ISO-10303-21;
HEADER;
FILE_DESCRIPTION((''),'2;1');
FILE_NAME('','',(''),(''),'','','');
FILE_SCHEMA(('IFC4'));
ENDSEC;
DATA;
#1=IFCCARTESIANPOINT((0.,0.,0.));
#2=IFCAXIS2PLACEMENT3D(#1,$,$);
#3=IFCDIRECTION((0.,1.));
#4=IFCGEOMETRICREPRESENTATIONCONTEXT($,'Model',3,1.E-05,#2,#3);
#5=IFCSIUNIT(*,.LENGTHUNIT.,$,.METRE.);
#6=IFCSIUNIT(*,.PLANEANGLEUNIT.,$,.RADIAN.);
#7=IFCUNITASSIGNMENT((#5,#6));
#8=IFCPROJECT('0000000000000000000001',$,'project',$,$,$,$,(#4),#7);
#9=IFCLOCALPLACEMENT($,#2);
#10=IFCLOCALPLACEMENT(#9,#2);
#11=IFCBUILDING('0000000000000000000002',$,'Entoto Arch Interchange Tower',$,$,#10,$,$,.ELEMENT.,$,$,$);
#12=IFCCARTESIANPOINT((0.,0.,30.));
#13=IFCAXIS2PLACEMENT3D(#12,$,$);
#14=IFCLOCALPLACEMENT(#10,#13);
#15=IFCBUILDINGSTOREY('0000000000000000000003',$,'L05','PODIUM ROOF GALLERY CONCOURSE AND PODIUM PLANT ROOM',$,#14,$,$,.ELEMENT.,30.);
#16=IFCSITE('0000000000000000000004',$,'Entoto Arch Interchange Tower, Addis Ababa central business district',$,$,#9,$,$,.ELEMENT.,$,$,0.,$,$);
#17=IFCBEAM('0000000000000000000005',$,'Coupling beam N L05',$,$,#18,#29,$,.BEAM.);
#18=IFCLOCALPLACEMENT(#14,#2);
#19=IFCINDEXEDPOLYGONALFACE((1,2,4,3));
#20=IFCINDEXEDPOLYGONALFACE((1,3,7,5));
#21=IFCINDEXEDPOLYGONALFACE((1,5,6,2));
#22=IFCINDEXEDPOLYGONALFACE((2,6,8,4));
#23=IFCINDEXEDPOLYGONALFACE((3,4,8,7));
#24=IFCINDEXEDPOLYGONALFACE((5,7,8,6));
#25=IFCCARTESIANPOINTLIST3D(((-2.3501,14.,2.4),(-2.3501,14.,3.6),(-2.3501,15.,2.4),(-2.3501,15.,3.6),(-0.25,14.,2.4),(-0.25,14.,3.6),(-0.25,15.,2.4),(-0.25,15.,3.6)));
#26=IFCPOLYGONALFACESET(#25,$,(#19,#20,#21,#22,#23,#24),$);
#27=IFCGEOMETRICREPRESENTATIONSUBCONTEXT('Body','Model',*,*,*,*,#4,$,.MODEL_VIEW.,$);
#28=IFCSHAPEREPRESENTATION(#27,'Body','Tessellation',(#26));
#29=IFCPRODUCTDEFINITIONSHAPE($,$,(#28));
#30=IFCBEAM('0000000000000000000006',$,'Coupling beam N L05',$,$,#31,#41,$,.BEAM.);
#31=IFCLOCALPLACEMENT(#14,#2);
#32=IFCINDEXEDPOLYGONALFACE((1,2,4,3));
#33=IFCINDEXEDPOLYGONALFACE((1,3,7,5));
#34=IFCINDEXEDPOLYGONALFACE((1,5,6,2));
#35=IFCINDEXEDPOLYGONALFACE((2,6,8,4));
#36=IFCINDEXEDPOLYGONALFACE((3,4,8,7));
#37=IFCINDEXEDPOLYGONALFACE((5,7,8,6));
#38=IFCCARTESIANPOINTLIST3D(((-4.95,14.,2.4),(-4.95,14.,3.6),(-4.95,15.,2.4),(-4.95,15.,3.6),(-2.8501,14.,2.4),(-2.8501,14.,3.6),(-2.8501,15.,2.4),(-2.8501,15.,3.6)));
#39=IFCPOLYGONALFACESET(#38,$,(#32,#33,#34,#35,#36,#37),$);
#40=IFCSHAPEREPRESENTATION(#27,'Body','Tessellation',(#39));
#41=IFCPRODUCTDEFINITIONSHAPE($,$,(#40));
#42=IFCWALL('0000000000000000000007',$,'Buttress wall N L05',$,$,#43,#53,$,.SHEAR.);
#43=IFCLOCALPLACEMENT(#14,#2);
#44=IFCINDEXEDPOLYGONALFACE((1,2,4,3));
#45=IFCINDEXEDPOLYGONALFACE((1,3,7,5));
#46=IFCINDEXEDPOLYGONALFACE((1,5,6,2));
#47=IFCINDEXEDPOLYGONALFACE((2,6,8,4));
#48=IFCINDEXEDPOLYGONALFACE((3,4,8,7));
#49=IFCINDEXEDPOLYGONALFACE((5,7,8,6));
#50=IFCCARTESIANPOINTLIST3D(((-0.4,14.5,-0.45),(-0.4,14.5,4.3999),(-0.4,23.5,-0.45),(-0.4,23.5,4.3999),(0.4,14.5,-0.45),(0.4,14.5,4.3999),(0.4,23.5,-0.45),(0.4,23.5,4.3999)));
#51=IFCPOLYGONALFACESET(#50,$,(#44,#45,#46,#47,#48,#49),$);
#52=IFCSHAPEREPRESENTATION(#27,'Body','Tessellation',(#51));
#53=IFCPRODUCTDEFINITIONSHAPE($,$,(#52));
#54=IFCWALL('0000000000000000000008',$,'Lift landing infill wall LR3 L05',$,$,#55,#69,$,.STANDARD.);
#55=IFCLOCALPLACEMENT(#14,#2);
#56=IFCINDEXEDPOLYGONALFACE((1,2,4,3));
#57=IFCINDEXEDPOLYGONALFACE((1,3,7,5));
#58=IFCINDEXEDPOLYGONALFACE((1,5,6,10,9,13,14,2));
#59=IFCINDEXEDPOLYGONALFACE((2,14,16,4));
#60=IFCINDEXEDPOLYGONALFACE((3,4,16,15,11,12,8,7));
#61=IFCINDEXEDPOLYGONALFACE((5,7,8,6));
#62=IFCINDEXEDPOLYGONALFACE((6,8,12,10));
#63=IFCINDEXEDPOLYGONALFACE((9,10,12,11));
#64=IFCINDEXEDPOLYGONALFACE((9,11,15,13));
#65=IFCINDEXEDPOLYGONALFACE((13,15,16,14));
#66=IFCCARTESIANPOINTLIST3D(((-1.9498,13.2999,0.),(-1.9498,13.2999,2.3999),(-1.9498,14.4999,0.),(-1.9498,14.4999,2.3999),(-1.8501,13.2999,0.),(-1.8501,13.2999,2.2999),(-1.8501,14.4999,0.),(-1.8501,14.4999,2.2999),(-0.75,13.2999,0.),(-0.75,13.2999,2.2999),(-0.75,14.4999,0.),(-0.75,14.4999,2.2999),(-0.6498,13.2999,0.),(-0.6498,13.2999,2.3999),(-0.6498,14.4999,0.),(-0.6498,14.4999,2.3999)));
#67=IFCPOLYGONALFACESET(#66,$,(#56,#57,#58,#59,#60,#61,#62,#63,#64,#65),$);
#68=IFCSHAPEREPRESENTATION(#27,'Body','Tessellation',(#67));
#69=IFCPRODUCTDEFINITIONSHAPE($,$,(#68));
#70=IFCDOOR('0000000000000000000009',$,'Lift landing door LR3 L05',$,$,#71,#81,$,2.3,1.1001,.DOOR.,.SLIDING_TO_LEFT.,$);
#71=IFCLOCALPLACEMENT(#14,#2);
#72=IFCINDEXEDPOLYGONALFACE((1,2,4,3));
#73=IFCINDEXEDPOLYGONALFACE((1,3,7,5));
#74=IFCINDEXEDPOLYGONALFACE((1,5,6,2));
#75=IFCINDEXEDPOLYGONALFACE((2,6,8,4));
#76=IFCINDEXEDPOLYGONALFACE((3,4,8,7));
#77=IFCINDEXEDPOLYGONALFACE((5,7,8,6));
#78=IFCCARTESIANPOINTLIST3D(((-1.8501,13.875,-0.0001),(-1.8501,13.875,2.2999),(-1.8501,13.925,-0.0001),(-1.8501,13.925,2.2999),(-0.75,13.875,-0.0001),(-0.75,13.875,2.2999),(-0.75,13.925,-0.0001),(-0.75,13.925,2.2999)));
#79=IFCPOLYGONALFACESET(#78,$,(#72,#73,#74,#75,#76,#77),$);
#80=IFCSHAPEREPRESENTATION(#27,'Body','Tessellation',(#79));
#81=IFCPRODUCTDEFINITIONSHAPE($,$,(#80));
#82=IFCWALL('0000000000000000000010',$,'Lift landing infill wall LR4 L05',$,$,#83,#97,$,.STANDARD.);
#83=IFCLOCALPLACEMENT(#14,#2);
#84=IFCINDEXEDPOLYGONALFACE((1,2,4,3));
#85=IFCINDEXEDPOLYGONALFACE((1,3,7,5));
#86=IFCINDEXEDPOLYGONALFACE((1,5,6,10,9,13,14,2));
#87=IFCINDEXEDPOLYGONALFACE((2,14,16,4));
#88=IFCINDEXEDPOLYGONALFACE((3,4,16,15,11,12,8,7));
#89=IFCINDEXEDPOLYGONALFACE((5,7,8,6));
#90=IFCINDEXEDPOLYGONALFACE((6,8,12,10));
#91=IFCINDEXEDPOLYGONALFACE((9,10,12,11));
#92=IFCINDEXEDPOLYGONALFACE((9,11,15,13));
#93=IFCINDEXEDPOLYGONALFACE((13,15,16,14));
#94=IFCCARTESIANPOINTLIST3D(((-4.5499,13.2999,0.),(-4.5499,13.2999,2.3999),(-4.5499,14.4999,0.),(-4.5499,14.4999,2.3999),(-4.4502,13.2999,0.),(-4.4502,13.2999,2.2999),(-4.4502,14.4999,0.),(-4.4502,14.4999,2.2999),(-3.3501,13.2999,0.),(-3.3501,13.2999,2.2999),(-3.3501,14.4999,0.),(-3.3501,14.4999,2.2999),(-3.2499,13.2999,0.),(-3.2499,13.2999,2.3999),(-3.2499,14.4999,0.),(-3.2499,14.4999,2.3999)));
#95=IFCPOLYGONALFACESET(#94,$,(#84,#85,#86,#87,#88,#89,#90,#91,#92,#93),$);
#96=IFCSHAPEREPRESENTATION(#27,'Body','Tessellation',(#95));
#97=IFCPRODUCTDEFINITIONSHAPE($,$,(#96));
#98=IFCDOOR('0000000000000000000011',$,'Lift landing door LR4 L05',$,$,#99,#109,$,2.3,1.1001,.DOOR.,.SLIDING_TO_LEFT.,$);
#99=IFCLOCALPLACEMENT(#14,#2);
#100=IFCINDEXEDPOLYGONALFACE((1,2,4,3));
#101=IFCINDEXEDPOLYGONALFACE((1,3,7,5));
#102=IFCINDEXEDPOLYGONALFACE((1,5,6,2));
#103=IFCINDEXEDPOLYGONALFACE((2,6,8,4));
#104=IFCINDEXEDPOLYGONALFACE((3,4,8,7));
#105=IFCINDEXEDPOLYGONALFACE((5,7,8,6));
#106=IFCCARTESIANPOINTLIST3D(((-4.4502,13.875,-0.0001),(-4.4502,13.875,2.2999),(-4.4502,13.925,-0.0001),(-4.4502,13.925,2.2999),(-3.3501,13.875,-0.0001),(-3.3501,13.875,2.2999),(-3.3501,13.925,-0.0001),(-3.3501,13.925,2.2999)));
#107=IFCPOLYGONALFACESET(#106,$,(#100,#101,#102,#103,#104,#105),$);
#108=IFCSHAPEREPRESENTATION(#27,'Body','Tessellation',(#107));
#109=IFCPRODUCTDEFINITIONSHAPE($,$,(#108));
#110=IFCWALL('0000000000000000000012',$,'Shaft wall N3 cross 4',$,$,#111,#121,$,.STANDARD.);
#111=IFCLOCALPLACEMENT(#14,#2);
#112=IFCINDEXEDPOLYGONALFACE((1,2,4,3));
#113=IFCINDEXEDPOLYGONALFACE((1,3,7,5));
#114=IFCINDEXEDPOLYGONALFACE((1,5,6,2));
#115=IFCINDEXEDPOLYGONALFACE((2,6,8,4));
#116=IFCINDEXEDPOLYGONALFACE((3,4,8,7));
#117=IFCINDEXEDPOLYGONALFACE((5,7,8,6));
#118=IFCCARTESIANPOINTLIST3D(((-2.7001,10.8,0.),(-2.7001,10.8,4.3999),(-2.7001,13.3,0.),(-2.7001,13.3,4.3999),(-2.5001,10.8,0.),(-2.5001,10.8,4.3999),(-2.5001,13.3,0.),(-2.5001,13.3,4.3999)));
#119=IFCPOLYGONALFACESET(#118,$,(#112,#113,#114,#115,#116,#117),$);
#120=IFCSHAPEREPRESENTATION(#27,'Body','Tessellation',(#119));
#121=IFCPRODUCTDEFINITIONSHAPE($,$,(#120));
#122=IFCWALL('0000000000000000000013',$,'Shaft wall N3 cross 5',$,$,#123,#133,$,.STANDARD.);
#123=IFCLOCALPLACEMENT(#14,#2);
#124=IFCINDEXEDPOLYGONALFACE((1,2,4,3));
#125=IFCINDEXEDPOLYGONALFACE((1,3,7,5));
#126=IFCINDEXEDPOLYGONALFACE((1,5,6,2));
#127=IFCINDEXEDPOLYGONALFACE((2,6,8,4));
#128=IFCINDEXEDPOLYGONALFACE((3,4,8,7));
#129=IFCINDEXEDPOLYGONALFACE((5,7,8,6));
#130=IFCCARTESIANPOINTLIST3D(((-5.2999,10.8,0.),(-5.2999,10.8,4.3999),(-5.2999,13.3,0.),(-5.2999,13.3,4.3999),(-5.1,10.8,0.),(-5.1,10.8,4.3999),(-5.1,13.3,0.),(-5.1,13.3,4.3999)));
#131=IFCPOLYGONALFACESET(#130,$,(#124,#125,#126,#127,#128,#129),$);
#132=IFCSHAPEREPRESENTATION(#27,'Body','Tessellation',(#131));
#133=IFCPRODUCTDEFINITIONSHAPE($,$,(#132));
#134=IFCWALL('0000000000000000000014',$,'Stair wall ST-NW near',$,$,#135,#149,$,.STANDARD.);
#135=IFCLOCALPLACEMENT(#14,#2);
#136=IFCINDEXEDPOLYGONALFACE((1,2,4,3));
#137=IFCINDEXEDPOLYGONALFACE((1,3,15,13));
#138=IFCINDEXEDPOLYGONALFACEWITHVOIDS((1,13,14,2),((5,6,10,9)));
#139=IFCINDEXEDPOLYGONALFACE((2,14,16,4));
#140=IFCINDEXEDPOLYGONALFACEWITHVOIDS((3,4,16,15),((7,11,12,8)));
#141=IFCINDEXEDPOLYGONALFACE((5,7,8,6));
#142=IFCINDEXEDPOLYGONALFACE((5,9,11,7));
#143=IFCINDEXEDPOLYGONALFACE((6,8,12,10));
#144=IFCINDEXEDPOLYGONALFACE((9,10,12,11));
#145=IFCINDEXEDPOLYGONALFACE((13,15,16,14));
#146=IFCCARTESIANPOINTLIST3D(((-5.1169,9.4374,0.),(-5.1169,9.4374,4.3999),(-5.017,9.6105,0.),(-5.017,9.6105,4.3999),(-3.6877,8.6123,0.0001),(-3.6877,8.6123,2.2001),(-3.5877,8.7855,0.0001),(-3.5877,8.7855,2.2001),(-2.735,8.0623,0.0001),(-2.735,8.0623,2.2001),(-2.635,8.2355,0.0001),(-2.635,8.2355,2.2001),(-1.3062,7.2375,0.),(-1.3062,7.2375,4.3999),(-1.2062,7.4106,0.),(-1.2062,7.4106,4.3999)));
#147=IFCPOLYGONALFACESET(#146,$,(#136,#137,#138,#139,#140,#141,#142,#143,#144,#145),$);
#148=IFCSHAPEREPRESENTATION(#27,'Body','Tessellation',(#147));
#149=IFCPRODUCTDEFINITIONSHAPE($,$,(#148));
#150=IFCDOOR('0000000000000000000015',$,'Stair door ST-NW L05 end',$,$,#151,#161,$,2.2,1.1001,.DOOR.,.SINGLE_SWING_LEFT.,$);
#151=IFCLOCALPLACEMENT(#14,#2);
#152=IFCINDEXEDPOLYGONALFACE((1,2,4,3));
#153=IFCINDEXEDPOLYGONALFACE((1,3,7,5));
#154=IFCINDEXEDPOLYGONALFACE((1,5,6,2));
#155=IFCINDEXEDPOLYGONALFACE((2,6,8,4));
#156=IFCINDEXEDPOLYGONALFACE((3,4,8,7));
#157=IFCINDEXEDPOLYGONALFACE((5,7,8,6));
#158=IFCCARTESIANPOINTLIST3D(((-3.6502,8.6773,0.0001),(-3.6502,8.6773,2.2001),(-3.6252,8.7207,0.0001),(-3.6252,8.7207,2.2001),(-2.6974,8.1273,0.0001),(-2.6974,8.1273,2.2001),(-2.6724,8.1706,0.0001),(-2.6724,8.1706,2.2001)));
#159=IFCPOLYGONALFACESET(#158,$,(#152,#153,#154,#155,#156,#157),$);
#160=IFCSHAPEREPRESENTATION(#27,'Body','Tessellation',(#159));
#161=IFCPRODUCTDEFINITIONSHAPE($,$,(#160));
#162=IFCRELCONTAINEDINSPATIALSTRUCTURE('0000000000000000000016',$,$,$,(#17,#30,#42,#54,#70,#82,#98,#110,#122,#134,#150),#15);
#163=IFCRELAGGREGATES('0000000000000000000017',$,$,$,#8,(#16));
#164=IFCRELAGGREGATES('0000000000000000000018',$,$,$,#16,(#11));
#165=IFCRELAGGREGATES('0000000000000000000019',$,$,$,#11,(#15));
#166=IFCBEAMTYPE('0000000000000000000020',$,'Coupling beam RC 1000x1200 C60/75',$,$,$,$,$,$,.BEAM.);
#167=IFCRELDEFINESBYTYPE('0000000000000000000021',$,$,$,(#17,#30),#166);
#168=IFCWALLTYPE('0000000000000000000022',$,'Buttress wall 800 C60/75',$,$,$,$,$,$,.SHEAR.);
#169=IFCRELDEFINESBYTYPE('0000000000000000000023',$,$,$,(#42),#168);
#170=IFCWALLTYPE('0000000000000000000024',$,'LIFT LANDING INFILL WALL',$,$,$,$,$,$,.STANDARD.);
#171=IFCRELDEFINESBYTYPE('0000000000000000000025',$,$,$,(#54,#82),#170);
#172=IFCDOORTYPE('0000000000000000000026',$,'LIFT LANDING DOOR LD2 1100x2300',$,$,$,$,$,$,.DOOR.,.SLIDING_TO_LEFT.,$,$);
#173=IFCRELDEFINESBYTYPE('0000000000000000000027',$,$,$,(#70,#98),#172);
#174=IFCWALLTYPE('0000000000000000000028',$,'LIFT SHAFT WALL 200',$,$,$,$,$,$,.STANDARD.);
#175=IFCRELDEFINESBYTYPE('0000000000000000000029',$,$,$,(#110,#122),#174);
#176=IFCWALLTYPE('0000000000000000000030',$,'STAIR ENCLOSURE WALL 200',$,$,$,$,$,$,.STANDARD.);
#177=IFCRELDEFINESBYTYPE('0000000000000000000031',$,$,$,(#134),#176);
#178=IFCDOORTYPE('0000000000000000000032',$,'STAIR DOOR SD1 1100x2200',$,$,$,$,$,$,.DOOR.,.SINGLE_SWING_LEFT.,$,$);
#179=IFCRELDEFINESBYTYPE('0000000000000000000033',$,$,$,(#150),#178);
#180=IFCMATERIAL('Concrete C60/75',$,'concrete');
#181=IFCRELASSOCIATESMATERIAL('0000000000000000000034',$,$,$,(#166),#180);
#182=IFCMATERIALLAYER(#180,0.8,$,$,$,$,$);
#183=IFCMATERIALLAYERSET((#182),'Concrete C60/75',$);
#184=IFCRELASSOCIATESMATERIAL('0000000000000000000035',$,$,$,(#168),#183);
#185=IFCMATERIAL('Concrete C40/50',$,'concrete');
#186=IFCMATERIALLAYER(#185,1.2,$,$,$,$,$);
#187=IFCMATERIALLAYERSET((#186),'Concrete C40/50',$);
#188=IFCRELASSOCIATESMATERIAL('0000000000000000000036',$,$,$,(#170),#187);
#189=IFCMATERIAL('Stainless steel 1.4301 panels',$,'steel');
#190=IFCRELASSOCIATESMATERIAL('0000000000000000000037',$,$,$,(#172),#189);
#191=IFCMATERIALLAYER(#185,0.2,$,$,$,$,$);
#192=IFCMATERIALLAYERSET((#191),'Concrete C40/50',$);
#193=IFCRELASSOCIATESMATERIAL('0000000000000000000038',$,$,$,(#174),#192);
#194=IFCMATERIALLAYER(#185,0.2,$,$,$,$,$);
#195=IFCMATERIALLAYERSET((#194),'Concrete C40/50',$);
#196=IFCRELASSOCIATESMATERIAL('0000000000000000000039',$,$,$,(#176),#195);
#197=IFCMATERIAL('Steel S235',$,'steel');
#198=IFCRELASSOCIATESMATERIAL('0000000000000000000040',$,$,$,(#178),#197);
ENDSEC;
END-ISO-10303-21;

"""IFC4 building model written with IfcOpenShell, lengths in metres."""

from ifc_helpers import new_model, si_unit, direction, frame, frame_2d, origin, origin_2d, place, context, subcontext, project, spatial, rectangle, extrude, material, layer, layer_set, material_profile, profile_set, type_object, element, fill, save


model = new_model("IFC4")

# Units and contexts
model_context = context("Model", 3, precision=1e-05, world=origin(), true_north=direction((0.0, 1.0)))
body_context = subcontext(model_context, "Body", "Model", "MODEL_VIEW")
ifc_project = project(units=[si_unit("LENGTHUNIT", "METRE"), si_unit("PLANEANGLEUNIT", "RADIAN")], contexts=[model_context])

# Site, building, storey
site_placement = place(None, origin())
site = spatial("IfcSite", under=ifc_project, at=site_placement, Name="Entoto Arch Interchange Tower, Addis Ababa central business district", CompositionType="ELEMENT", RefElevation=0.0)
building_placement = place(site_placement, origin())
building = spatial("IfcBuilding", under=site, at=building_placement, Name="Entoto Arch Interchange Tower", CompositionType="ELEMENT")
storey_placement = place(building_placement, frame((0.0, 0.0, 30.0)))
storey = spatial("IfcBuildingStorey", under=building, at=storey_placement, Name="L05", Description="PODIUM ROOF GALLERY CONCOURSE AND PODIUM PLANT ROOM", CompositionType="ELEMENT", Elevation=30.0)

# Beams
ifc_material_1 = material(Name="Concrete C60/75", Category="concrete")
ifc_material_profile = material_profile(ifc_material_1, rectangle(XDim=1.0, YDim=1.2, at=origin_2d()))
ifc_profile_set = profile_set([ifc_material_profile], Name="Concrete C60/75")
beam_type = type_object("IfcBeamType", Name="Coupling beam RC 1000x1200 C60/75", PredefinedType="BEAM", material=ifc_profile_set)
beam_1_placement = place(storey_placement, frame((-0.25, 14.5, 3.0), z_axis=(-1.0, 0.0, 0.0), x_axis=(0.0, -1.0, 0.0)))
element("IfcBeam", 1, at=beam_1_placement, inside=storey, type_object=beam_type, Name="Coupling beam N L05", PredefinedType="BEAM", context=body_context, shape_type="SweptSolid", body=[
    extrude(rectangle(XDim=1.0, YDim=1.2, at=origin_2d()), origin(), (0.0, 0.0, 1.0), 2.1001),
])
beam_2_placement = place(storey_placement, frame((-2.8501, 14.5, 3.0), z_axis=(-1.0, 0.0, 0.0), x_axis=(0.0, -1.0, 0.0)))
element("IfcBeam", 2, at=beam_2_placement, inside=storey, type_object=beam_type, Name="Coupling beam N L05", PredefinedType="BEAM", context=body_context, shape_type="SweptSolid", body=[
    extrude(rectangle(XDim=1.0, YDim=1.2, at=origin_2d()), origin(), (0.0, 0.0, 1.0), 2.0999),
])

# Wall
ifc_layer_1 = layer(ifc_material_1, 0.8)
ifc_layer_set_1 = layer_set([ifc_layer_1], Name="Concrete C60/75")
wall_type_1 = type_object("IfcWallType", Name="Buttress wall 800 C60/75", PredefinedType="SHEAR", material=ifc_layer_set_1)
wall_1_placement = place(storey_placement, frame((0.0, 14.5, -0.45), z_axis=(0.0, 0.0, 1.0), x_axis=(0.0, 1.0, 0.0)))
element("IfcWall", 3, at=wall_1_placement, inside=storey, type_object=wall_type_1, Name="Buttress wall N L05", PredefinedType="SHEAR", context=body_context, shape_type="SweptSolid", body=[
    extrude(rectangle(XDim=9.0, YDim=0.8, at=frame_2d((4.5, 0.0))), origin(), (0.0, 0.0, 1.0), 4.8499),
])

# Walls, openings, doors
ifc_material_2 = material(Name="Concrete C40/50", Category="concrete")
ifc_layer_2 = layer(ifc_material_2, 1.2)
ifc_layer_set_2 = layer_set([ifc_layer_2], Name="Concrete C40/50")
wall_type_2 = type_object("IfcWallType", Name="LIFT LANDING INFILL WALL", PredefinedType="STANDARD", material=ifc_layer_set_2)
wall_2_placement = place(storey_placement, frame((-0.6499, 13.8999, 0.0), z_axis=(0.0, 0.0, 1.0), x_axis=(-1.0, 0.0, 0.0)))
wall_2 = element("IfcWall", 4, at=wall_2_placement, inside=storey, type_object=wall_type_2, Name="Lift landing infill wall LR3 L05", PredefinedType="STANDARD", context=body_context, shape_type="SweptSolid", body=[
    extrude(rectangle(XDim=1.3, YDim=1.2, at=frame_2d((0.6499, 0.0))), origin(), (0.0, 0.0, 1.0), 2.3999),
])
opening_1_placement = place(wall_2_placement, frame((0.1001, 0.0, 0.0)))
opening_1 = element("IfcOpeningElement", 5, at=opening_1_placement, cuts=wall_2, PredefinedType="OPENING", context=body_context, shape_type="SweptSolid", body=[
    extrude(rectangle(XDim=1.1001, YDim=2.3, at=frame_2d((0.55, 1.1499))), frame((0.0, 0.6099, 0.0), z_axis=(0.0, -1.0, 0.0), x_axis=(1.0, 0.0, 0.0)), (0.0, 0.0, 1.0), 1.22),
])
ifc_material_3 = material(Name="Stainless steel 1.4301 panels", Category="steel")
door_type_1 = type_object("IfcDoorType", Name="LIFT LANDING DOOR LD2 1100x2300", OperationType="SLIDING_TO_LEFT", PredefinedType="DOOR", material=ifc_material_3)
door_1_placement = place(opening_1_placement, origin())
door_1 = element("IfcDoor", 6, at=door_1_placement, inside=storey, type_object=door_type_1, Name="Lift landing door LR3 L05", OperationType="SLIDING_TO_LEFT", OverallHeight=2.3, OverallWidth=1.1001, PredefinedType="DOOR", context=body_context, shape_type="SweptSolid", body=[
    extrude(rectangle(XDim=1.1001, YDim=2.3, at=frame_2d((0.55, 1.1499))), frame((0.0, 0.0249, 0.0), z_axis=(0.0, -1.0, 0.0), x_axis=(1.0, 0.0, 0.0)), (0.0, 0.0, 1.0), 0.05),
])
fill(opening_1, door_1)
wall_3_placement = place(storey_placement, frame((-3.25, 13.8999, 0.0), z_axis=(0.0, 0.0, 1.0), x_axis=(-1.0, 0.0, 0.0)))
wall_3 = element("IfcWall", 7, at=wall_3_placement, inside=storey, type_object=wall_type_2, Name="Lift landing infill wall LR4 L05", PredefinedType="STANDARD", context=body_context, shape_type="SweptSolid", body=[
    extrude(rectangle(XDim=1.3, YDim=1.2, at=frame_2d((0.6499, 0.0))), origin(), (0.0, 0.0, 1.0), 2.3999),
])
opening_2_placement = place(wall_3_placement, frame((0.1001, 0.0, 0.0)))
opening_2 = element("IfcOpeningElement", 8, at=opening_2_placement, cuts=wall_3, PredefinedType="OPENING", context=body_context, shape_type="SweptSolid", body=[
    extrude(rectangle(XDim=1.1001, YDim=2.3, at=frame_2d((0.55, 1.1499))), frame((0.0, 0.6099, 0.0), z_axis=(0.0, -1.0, 0.0), x_axis=(1.0, 0.0, 0.0)), (0.0, 0.0, 1.0), 1.22),
])
door_2_placement = place(opening_2_placement, origin())
door_2 = element("IfcDoor", 9, at=door_2_placement, inside=storey, type_object=door_type_1, Name="Lift landing door LR4 L05", OperationType="SLIDING_TO_LEFT", OverallHeight=2.3, OverallWidth=1.1001, PredefinedType="DOOR", context=body_context, shape_type="SweptSolid", body=[
    extrude(rectangle(XDim=1.1001, YDim=2.3, at=frame_2d((0.55, 1.1499))), frame((0.0, 0.0249, 0.0), z_axis=(0.0, -1.0, 0.0), x_axis=(1.0, 0.0, 0.0)), (0.0, 0.0, 1.0), 0.05),
])
fill(opening_2, door_2)

# Walls
ifc_layer_3 = layer(ifc_material_2, 0.2)
ifc_layer_set_3 = layer_set([ifc_layer_3], Name="Concrete C40/50")
wall_type_3 = type_object("IfcWallType", Name="LIFT SHAFT WALL 200", PredefinedType="STANDARD", material=ifc_layer_set_3)
for number, where, z_axis, x_axis, name in (
    (10, (-2.6001, 10.8, 0.0), (0.0, 0.0, 1.0), (0.0, 1.0, 0.0), "Shaft wall N3 cross 4"),
    (11, (-5.2, 10.8, 0.0), (0.0, 0.0, 1.0), (0.0, 1.0, 0.0), "Shaft wall N3 cross 5"),
):
    element("IfcWall", number, at=place(storey_placement, frame(where, z_axis=z_axis, x_axis=x_axis)), inside=storey, type_object=wall_type_3, Name=name, PredefinedType="STANDARD", context=body_context, shape_type="SweptSolid", body=[
        extrude(rectangle(XDim=2.5, YDim=0.2, at=frame_2d((1.25, 0.0))), origin(), (0.0, 0.0, 1.0), 4.3999),
    ])

# Wall, opening, door
ifc_layer_4 = layer(ifc_material_2, 0.2)
ifc_layer_set_4 = layer_set([ifc_layer_4], Name="Concrete C40/50")
wall_type_4 = type_object("IfcWallType", Name="STAIR ENCLOSURE WALL 200", PredefinedType="STANDARD", material=ifc_layer_set_4)
wall_4_placement = place(storey_placement, frame((-1.2561, 7.324, 0.0), z_axis=(0.0, 0.0, 1.0), x_axis=(-0.866046, 0.499964, 0.0)))
wall_4 = element("IfcWall", 12, at=wall_4_placement, inside=storey, type_object=wall_type_4, Name="Stair wall ST-NW near", PredefinedType="STANDARD", context=body_context, shape_type="SweptSolid", body=[
    extrude(rectangle(XDim=4.4001, YDim=0.2, at=frame_2d((2.2002, 0.0))), origin(), (0.0, 0.0, 1.0), 4.3999),
])
opening_3_placement = place(wall_4_placement, frame((1.6499, 0.0, 0.0)))
opening_3 = element("IfcOpeningElement", 13, at=opening_3_placement, cuts=wall_4, PredefinedType="OPENING", context=body_context, shape_type="SweptSolid", body=[
    extrude(rectangle(XDim=1.1001, YDim=2.2, at=frame_2d((0.55, 1.1001))), frame((0.0, 0.1099, 0.0), z_axis=(0.0, -1.0, 0.0), x_axis=(1.0, 0.0, 0.0)), (0.0, 0.0, 1.0), 0.22),
])
ifc_material_4 = material(Name="Steel S235", Category="steel")
door_type_2 = type_object("IfcDoorType", Name="STAIR DOOR SD1 1100x2200", OperationType="SINGLE_SWING_LEFT", PredefinedType="DOOR", material=ifc_material_4)
door_3_placement = place(opening_3_placement, origin())
door_3 = element("IfcDoor", 14, at=door_3_placement, inside=storey, type_object=door_type_2, Name="Stair door ST-NW L05 end", OperationType="SINGLE_SWING_LEFT", OverallHeight=2.2, OverallWidth=1.1001, PredefinedType="DOOR", context=body_context, shape_type="SweptSolid", body=[
    extrude(rectangle(XDim=1.1001, YDim=2.2, at=frame_2d((0.55, 1.1001))), frame((0.0, 0.0249, 0.0), z_axis=(0.0, -1.0, 0.0), x_axis=(1.0, 0.0, 0.0)), (0.0, 0.0, 1.0), 0.05),
])
fill(opening_3, door_3)

save(model, "model.ifc")
